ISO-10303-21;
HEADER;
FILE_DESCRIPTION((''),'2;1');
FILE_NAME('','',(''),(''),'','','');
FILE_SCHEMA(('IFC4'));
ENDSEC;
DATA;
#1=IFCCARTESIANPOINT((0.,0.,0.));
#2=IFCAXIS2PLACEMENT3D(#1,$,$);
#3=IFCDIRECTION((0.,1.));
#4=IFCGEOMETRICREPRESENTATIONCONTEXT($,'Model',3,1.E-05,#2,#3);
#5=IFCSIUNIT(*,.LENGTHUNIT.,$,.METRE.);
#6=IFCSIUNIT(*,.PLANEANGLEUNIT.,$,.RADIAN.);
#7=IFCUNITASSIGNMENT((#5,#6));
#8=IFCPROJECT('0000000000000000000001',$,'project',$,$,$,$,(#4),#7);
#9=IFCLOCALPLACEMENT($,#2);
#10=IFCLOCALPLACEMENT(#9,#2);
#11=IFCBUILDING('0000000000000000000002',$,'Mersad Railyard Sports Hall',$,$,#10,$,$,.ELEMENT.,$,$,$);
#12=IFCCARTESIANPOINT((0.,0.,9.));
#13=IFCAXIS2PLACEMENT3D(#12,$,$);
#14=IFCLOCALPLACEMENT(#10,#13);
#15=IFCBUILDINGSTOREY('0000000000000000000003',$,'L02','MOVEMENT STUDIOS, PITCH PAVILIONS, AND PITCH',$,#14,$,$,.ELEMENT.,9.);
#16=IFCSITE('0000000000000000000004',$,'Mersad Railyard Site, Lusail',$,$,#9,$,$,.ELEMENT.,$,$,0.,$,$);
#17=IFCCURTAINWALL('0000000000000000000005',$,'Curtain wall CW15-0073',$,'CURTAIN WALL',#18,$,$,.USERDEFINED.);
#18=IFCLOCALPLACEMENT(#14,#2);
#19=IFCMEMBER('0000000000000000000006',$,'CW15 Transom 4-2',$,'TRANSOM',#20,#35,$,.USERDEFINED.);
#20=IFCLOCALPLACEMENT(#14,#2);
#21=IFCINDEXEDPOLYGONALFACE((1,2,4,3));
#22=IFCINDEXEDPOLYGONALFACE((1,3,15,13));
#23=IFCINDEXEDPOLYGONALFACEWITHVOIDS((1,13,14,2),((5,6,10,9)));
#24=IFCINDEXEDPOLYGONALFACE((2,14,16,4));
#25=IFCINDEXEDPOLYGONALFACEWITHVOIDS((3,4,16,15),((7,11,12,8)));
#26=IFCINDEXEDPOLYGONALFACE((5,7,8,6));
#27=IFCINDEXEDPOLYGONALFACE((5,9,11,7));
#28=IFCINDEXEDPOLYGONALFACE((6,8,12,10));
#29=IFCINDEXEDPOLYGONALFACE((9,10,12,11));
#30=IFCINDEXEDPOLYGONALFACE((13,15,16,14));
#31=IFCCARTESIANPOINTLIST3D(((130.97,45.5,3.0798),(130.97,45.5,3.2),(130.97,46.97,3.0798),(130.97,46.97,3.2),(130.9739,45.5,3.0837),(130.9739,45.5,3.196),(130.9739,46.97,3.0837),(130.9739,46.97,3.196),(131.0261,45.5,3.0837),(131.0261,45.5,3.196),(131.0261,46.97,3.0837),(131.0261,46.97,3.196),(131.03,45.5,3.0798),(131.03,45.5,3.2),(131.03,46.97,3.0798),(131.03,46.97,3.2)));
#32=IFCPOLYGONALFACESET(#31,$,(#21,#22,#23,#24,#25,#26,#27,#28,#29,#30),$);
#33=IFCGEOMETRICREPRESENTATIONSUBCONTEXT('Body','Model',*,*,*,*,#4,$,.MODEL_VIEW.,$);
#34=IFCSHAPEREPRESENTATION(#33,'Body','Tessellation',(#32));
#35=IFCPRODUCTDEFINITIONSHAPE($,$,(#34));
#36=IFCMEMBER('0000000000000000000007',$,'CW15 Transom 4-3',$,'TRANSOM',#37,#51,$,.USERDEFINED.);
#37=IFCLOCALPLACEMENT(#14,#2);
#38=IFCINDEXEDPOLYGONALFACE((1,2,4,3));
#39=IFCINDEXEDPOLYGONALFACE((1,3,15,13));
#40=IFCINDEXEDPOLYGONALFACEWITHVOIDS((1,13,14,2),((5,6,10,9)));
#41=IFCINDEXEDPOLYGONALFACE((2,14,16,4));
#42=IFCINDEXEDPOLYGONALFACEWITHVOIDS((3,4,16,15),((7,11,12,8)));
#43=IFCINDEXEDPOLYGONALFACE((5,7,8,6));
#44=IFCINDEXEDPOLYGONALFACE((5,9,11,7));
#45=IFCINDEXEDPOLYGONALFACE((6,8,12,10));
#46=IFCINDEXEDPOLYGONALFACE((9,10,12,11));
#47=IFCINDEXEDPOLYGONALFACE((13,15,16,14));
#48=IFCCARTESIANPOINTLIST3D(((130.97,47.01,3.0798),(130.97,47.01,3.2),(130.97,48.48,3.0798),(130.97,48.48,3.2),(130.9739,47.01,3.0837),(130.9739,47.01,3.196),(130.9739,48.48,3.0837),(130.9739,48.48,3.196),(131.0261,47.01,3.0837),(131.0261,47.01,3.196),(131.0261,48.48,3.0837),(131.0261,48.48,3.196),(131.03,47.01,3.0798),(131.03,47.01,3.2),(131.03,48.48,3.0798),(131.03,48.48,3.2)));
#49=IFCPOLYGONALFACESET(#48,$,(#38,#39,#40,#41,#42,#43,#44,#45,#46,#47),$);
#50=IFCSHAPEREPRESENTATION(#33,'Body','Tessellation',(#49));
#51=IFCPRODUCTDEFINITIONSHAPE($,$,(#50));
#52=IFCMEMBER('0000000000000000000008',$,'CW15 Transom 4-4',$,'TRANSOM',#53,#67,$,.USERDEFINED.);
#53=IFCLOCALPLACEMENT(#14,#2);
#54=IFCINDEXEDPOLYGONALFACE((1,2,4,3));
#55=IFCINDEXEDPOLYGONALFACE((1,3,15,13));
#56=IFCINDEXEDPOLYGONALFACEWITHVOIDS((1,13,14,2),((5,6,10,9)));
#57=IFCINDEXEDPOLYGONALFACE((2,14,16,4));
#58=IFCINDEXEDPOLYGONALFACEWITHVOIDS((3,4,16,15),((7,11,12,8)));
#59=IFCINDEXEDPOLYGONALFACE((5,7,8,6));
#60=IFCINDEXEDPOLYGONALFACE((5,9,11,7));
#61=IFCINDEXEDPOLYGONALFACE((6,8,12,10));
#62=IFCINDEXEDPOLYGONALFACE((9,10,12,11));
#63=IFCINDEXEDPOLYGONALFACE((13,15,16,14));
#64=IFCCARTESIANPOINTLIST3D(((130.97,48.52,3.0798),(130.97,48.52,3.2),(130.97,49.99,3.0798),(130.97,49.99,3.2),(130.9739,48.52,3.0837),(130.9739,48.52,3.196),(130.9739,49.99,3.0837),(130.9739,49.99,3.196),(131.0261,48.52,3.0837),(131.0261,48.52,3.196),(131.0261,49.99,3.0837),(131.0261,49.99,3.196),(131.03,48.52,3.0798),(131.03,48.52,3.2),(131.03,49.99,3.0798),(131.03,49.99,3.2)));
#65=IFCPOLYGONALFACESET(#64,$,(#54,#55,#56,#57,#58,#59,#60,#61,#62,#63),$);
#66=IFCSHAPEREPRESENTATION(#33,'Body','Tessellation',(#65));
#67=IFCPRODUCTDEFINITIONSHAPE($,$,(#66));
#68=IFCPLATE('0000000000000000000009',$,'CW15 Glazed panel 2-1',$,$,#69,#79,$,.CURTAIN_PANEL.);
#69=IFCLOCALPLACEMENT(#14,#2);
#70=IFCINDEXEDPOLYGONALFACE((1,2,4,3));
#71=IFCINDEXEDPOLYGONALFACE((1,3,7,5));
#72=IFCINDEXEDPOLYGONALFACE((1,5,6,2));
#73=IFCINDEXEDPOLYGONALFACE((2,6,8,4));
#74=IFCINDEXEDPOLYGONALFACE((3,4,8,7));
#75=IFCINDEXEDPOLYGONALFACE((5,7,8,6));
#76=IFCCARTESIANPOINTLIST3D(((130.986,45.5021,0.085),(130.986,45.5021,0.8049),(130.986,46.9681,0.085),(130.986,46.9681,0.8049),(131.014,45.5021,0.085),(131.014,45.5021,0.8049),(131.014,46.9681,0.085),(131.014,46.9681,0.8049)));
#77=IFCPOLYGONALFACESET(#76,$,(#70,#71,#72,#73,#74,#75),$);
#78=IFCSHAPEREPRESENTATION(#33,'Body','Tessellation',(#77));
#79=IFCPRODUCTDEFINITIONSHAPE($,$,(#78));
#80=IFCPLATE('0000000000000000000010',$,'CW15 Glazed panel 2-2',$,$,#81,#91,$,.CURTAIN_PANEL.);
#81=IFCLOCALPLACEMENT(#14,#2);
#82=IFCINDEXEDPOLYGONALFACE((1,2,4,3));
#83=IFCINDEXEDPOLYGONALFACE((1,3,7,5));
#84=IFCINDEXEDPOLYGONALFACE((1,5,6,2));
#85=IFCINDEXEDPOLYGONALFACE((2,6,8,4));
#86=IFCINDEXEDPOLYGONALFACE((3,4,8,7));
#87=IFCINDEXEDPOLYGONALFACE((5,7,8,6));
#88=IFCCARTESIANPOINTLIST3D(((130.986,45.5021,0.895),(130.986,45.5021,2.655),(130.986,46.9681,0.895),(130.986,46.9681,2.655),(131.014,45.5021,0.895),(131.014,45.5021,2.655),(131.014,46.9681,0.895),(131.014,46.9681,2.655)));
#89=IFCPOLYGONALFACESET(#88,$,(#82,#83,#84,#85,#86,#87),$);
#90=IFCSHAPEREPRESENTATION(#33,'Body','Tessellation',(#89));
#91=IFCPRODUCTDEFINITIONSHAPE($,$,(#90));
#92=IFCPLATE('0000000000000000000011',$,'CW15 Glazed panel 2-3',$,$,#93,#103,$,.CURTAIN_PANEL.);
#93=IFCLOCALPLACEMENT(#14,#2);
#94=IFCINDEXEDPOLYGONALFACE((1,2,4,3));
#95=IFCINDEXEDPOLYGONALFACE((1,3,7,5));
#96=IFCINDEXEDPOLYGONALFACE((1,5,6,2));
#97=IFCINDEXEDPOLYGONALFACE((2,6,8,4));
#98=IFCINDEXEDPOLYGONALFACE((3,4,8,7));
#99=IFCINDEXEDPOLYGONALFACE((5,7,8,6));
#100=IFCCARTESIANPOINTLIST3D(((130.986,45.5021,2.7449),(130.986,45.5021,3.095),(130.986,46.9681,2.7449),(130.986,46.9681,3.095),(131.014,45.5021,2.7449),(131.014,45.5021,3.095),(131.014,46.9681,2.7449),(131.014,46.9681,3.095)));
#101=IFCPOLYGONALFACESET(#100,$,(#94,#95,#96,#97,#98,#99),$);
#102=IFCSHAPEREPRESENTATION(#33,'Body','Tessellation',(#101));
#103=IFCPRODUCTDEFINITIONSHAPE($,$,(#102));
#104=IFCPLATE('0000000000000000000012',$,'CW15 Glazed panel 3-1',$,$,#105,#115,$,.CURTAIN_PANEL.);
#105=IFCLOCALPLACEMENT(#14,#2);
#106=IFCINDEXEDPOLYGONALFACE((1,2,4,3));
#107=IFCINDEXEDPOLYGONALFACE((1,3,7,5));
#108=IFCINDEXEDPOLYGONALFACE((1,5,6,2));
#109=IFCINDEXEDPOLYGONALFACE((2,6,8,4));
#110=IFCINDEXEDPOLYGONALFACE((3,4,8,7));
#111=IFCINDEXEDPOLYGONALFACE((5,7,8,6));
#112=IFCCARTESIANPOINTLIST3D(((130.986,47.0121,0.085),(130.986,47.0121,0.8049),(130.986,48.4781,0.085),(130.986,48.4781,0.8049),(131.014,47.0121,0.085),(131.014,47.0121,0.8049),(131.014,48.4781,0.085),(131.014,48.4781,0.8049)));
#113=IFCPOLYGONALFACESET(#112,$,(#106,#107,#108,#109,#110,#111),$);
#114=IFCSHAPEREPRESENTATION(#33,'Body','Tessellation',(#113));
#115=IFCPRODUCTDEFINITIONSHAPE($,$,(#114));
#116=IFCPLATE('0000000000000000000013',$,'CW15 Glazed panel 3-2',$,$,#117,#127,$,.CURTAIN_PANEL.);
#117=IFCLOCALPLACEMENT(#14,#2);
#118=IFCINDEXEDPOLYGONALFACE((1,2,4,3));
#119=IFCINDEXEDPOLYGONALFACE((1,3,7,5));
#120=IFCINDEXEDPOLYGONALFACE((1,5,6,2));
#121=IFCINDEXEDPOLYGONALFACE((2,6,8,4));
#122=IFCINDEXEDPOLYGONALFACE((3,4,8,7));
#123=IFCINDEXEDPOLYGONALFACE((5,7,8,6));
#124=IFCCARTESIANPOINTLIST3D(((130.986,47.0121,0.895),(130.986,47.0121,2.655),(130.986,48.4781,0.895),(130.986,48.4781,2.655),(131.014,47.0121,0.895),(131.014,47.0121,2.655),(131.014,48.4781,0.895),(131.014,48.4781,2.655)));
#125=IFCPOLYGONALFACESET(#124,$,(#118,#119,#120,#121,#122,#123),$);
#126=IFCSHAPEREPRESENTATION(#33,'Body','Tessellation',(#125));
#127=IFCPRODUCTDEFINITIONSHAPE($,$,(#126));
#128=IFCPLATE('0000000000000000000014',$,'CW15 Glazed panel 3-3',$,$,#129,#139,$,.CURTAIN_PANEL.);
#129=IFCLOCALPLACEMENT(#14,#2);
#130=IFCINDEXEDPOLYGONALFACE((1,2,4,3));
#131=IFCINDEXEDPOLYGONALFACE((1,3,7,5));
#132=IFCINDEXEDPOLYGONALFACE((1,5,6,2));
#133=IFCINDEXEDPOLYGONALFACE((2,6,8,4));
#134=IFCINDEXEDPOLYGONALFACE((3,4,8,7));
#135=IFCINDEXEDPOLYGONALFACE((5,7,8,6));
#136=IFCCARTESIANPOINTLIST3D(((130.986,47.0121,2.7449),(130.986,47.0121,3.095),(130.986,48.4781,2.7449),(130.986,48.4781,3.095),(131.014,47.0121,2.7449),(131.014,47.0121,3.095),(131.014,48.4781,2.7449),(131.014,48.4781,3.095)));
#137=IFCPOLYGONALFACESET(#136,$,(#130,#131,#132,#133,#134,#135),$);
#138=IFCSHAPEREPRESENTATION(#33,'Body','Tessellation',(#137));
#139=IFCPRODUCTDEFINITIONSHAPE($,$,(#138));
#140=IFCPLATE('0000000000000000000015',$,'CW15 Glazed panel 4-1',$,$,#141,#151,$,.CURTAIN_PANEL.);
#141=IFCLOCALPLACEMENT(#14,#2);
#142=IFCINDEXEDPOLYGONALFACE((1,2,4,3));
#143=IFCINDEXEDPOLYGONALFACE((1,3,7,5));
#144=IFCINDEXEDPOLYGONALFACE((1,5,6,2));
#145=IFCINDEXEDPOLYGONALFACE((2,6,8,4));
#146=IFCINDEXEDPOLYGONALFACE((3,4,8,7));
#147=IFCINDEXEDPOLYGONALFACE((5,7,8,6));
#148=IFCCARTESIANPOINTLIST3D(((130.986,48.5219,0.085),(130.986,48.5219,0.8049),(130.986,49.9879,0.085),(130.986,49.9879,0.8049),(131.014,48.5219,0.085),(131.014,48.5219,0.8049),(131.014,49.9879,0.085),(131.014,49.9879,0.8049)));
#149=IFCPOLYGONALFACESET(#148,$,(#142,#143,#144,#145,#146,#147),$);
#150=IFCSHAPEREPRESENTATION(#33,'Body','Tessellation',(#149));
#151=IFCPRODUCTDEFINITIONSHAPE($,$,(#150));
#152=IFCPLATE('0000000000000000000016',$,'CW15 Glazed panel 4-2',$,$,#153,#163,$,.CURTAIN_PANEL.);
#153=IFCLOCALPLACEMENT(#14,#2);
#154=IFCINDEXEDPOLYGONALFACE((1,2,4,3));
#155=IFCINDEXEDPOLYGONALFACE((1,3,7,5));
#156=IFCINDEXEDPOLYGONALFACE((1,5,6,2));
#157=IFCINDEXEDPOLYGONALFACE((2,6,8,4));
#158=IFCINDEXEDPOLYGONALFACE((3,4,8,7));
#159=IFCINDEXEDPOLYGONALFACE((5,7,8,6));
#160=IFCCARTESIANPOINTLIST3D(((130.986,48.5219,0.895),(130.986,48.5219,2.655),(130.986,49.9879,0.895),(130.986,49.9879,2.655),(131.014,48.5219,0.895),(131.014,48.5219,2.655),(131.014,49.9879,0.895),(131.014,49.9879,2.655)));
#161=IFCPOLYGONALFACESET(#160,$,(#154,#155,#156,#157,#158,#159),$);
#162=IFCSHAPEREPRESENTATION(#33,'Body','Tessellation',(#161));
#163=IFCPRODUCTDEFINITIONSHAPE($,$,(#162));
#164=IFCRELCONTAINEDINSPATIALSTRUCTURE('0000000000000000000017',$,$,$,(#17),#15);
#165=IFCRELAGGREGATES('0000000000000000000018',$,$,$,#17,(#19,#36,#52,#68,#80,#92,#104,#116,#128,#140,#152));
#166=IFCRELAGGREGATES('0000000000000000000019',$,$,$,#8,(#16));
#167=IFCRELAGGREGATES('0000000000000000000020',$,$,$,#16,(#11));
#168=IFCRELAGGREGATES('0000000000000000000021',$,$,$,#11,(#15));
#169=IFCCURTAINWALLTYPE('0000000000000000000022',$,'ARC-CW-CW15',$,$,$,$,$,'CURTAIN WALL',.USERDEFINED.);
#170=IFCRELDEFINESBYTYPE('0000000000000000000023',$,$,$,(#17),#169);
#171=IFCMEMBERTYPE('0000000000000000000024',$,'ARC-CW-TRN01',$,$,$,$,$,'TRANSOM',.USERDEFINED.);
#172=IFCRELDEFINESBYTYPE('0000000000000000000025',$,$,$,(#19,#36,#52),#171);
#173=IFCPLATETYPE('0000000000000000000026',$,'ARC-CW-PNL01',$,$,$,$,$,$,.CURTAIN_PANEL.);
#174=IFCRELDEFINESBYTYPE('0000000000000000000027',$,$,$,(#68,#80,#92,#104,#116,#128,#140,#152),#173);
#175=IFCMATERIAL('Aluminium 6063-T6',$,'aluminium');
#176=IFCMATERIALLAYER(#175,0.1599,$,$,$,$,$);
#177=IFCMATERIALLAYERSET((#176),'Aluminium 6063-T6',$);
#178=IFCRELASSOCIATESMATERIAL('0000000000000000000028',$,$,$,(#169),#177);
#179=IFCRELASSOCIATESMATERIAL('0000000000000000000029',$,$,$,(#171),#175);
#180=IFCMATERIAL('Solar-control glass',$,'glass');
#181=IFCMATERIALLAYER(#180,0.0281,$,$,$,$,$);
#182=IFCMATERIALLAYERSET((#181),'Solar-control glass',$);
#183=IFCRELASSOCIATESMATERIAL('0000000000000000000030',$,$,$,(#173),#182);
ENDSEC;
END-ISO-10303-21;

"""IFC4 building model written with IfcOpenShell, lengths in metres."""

from ifc_helpers import new_model, si_unit, direction, frame, origin, origin_2d, place, context, subcontext, project, spatial, rectangle, hollow_rectangle, extrude, material, layer, layer_set, material_profile, profile_set, type_object, element, aggregate, save


model = new_model("IFC4")

# Units and contexts
model_context = context("Model", 3, precision=1e-05, world=origin(), true_north=direction((0.0, 1.0)))
body_context = subcontext(model_context, "Body", "Model", "MODEL_VIEW")
ifc_project = project(units=[si_unit("LENGTHUNIT", "METRE"), si_unit("PLANEANGLEUNIT", "RADIAN")], contexts=[model_context])

# Site, building, storey
site_placement = place(None, origin())
site = spatial("IfcSite", under=ifc_project, at=site_placement, Name="Mersad Railyard Site, Lusail", CompositionType="ELEMENT", RefElevation=0.0)
building_placement = place(site_placement, origin())
building = spatial("IfcBuilding", under=site, at=building_placement, Name="Mersad Railyard Sports Hall", CompositionType="ELEMENT")
storey_placement = place(building_placement, frame((0.0, 0.0, 9.0)))
storey = spatial("IfcBuildingStorey", under=building, at=storey_placement, Name="L02", Description="MOVEMENT STUDIOS, PITCH PAVILIONS, AND PITCH", CompositionType="ELEMENT", Elevation=9.0)

# Curtain wall, members, plates
ifc_material_1 = material(Name="Aluminium 6063-T6", Category="aluminium")
ifc_layer_1 = layer(ifc_material_1, 0.1599)
ifc_layer_set_1 = layer_set([ifc_layer_1], Name="Aluminium 6063-T6")
curtain_wall_type = type_object("IfcCurtainWallType", Name="ARC-CW-CW15", ElementType="CURTAIN WALL", PredefinedType="USERDEFINED", material=ifc_layer_set_1)
curtain_wall_placement = place(storey_placement, origin())
curtain_wall = element("IfcCurtainWall", 1, at=curtain_wall_placement, inside=storey, type_object=curtain_wall_type, Name="Curtain wall CW15-0073", ObjectType="CURTAIN WALL", PredefinedType="USERDEFINED")
ifc_material_profile_1 = material_profile(ifc_material_1, hollow_rectangle(XDim=0.0601, YDim=0.1201, WallThickness=0.0039, at=origin_2d()), Name="AL TRANSOM 60x120x4")
ifc_profile_set_1 = profile_set([ifc_material_profile_1], Name="Aluminium 6063-T6")
member_type_1 = type_object("IfcMemberType", Name="ARC-CW-TRN01", ElementType="TRANSOM", PredefinedType="USERDEFINED", material=ifc_profile_set_1)
member_1_placement = place(storey_placement, frame((131.0, 45.5, 3.1399), z_axis=(0.0, 1.0, 0.0), x_axis=(-1.0, 0.0, 0.0)))
member_1 = element("IfcMember", 2, at=member_1_placement, type_object=member_type_1, Name="CW15 Transom 4-2", ObjectType="TRANSOM", PredefinedType="USERDEFINED", context=body_context, shape_type="SweptSolid", body=[
    extrude(hollow_rectangle(XDim=0.0601, YDim=0.1201, WallThickness=0.0039, at=origin_2d()), origin(), (0.0, 0.0, 1.0), 1.47),
])
member_2_placement = place(storey_placement, frame((131.0, 47.01, 3.1399), z_axis=(0.0, 1.0, 0.0), x_axis=(-1.0, 0.0, 0.0)))
member_2 = element("IfcMember", 3, at=member_2_placement, type_object=member_type_1, Name="CW15 Transom 4-3", ObjectType="TRANSOM", PredefinedType="USERDEFINED", context=body_context, shape_type="SweptSolid", body=[
    extrude(hollow_rectangle(XDim=0.0601, YDim=0.1201, WallThickness=0.0039, at=origin_2d()), origin(), (0.0, 0.0, 1.0), 1.47),
])
member_3_placement = place(storey_placement, frame((131.0, 48.52, 3.1399), z_axis=(0.0, 1.0, 0.0), x_axis=(-1.0, 0.0, 0.0)))
member_3 = element("IfcMember", 4, at=member_3_placement, type_object=member_type_1, Name="CW15 Transom 4-4", ObjectType="TRANSOM", PredefinedType="USERDEFINED", context=body_context, shape_type="SweptSolid", body=[
    extrude(hollow_rectangle(XDim=0.0601, YDim=0.1201, WallThickness=0.0039, at=origin_2d()), origin(), (0.0, 0.0, 1.0), 1.47),
])
ifc_material_2 = material(Name="Solar-control glass", Category="glass")
ifc_layer_2 = layer(ifc_material_2, 0.0281)
ifc_layer_set_2 = layer_set([ifc_layer_2], Name="Solar-control glass")
plate_type = type_object("IfcPlateType", Name="ARC-CW-PNL01", PredefinedType="CURTAIN_PANEL", material=ifc_layer_set_2)
plate_1_placement = place(storey_placement, frame((131.0, 46.2351, 0.085), z_axis=(0.0, 0.0, 1.0), x_axis=(0.0, 1.0, 0.0)))
plate_1 = element("IfcPlate", 5, at=plate_1_placement, type_object=plate_type, Name="CW15 Glazed panel 2-1", PredefinedType="CURTAIN_PANEL", context=body_context, shape_type="SweptSolid", body=[
    extrude(rectangle(XDim=1.4661, YDim=0.0281, at=origin_2d()), origin(), (0.0, 0.0, 1.0), 0.72),
])
plate_2_placement = place(storey_placement, frame((131.0, 46.2351, 0.895), z_axis=(0.0, 0.0, 1.0), x_axis=(0.0, 1.0, 0.0)))
plate_2 = element("IfcPlate", 6, at=plate_2_placement, type_object=plate_type, Name="CW15 Glazed panel 2-2", PredefinedType="CURTAIN_PANEL", context=body_context, shape_type="SweptSolid", body=[
    extrude(rectangle(XDim=1.4661, YDim=0.0281, at=origin_2d()), origin(), (0.0, 0.0, 1.0), 1.76),
])
plate_3_placement = place(storey_placement, frame((131.0, 46.2351, 2.7449), z_axis=(0.0, 0.0, 1.0), x_axis=(0.0, 1.0, 0.0)))
plate_3 = element("IfcPlate", 7, at=plate_3_placement, type_object=plate_type, Name="CW15 Glazed panel 2-3", PredefinedType="CURTAIN_PANEL", context=body_context, shape_type="SweptSolid", body=[
    extrude(rectangle(XDim=1.4661, YDim=0.0281, at=origin_2d()), origin(), (0.0, 0.0, 1.0), 0.3501),
])
plate_4_placement = place(storey_placement, frame((131.0, 47.7451, 0.085), z_axis=(0.0, 0.0, 1.0), x_axis=(0.0, 1.0, 0.0)))
plate_4 = element("IfcPlate", 8, at=plate_4_placement, type_object=plate_type, Name="CW15 Glazed panel 3-1", PredefinedType="CURTAIN_PANEL", context=body_context, shape_type="SweptSolid", body=[
    extrude(rectangle(XDim=1.4661, YDim=0.0281, at=origin_2d()), origin(), (0.0, 0.0, 1.0), 0.72),
])
plate_5_placement = place(storey_placement, frame((131.0, 47.7451, 0.895), z_axis=(0.0, 0.0, 1.0), x_axis=(0.0, 1.0, 0.0)))
plate_5 = element("IfcPlate", 9, at=plate_5_placement, type_object=plate_type, Name="CW15 Glazed panel 3-2", PredefinedType="CURTAIN_PANEL", context=body_context, shape_type="SweptSolid", body=[
    extrude(rectangle(XDim=1.4661, YDim=0.0281, at=origin_2d()), origin(), (0.0, 0.0, 1.0), 1.76),
])
plate_6_placement = place(storey_placement, frame((131.0, 47.7451, 2.7449), z_axis=(0.0, 0.0, 1.0), x_axis=(0.0, 1.0, 0.0)))
plate_6 = element("IfcPlate", 10, at=plate_6_placement, type_object=plate_type, Name="CW15 Glazed panel 3-3", PredefinedType="CURTAIN_PANEL", context=body_context, shape_type="SweptSolid", body=[
    extrude(rectangle(XDim=1.4661, YDim=0.0281, at=origin_2d()), origin(), (0.0, 0.0, 1.0), 0.3501),
])
plate_7_placement = place(storey_placement, frame((131.0, 49.2549, 0.085), z_axis=(0.0, 0.0, 1.0), x_axis=(0.0, 1.0, 0.0)))
plate_7 = element("IfcPlate", 11, at=plate_7_placement, type_object=plate_type, Name="CW15 Glazed panel 4-1", PredefinedType="CURTAIN_PANEL", context=body_context, shape_type="SweptSolid", body=[
    extrude(rectangle(XDim=1.4661, YDim=0.0281, at=origin_2d()), origin(), (0.0, 0.0, 1.0), 0.72),
])
plate_8_placement = place(storey_placement, frame((131.0, 49.2549, 0.895), z_axis=(0.0, 0.0, 1.0), x_axis=(0.0, 1.0, 0.0)))
plate_8 = element("IfcPlate", 12, at=plate_8_placement, type_object=plate_type, Name="CW15 Glazed panel 4-2", PredefinedType="CURTAIN_PANEL", context=body_context, shape_type="SweptSolid", body=[
    extrude(rectangle(XDim=1.4661, YDim=0.0281, at=origin_2d()), origin(), (0.0, 0.0, 1.0), 1.76),
])
aggregate(curtain_wall, [member_1, member_2, member_3, plate_1, plate_2, plate_3, plate_4, plate_5, plate_6, plate_7, plate_8])

save(model, "model.ifc")
